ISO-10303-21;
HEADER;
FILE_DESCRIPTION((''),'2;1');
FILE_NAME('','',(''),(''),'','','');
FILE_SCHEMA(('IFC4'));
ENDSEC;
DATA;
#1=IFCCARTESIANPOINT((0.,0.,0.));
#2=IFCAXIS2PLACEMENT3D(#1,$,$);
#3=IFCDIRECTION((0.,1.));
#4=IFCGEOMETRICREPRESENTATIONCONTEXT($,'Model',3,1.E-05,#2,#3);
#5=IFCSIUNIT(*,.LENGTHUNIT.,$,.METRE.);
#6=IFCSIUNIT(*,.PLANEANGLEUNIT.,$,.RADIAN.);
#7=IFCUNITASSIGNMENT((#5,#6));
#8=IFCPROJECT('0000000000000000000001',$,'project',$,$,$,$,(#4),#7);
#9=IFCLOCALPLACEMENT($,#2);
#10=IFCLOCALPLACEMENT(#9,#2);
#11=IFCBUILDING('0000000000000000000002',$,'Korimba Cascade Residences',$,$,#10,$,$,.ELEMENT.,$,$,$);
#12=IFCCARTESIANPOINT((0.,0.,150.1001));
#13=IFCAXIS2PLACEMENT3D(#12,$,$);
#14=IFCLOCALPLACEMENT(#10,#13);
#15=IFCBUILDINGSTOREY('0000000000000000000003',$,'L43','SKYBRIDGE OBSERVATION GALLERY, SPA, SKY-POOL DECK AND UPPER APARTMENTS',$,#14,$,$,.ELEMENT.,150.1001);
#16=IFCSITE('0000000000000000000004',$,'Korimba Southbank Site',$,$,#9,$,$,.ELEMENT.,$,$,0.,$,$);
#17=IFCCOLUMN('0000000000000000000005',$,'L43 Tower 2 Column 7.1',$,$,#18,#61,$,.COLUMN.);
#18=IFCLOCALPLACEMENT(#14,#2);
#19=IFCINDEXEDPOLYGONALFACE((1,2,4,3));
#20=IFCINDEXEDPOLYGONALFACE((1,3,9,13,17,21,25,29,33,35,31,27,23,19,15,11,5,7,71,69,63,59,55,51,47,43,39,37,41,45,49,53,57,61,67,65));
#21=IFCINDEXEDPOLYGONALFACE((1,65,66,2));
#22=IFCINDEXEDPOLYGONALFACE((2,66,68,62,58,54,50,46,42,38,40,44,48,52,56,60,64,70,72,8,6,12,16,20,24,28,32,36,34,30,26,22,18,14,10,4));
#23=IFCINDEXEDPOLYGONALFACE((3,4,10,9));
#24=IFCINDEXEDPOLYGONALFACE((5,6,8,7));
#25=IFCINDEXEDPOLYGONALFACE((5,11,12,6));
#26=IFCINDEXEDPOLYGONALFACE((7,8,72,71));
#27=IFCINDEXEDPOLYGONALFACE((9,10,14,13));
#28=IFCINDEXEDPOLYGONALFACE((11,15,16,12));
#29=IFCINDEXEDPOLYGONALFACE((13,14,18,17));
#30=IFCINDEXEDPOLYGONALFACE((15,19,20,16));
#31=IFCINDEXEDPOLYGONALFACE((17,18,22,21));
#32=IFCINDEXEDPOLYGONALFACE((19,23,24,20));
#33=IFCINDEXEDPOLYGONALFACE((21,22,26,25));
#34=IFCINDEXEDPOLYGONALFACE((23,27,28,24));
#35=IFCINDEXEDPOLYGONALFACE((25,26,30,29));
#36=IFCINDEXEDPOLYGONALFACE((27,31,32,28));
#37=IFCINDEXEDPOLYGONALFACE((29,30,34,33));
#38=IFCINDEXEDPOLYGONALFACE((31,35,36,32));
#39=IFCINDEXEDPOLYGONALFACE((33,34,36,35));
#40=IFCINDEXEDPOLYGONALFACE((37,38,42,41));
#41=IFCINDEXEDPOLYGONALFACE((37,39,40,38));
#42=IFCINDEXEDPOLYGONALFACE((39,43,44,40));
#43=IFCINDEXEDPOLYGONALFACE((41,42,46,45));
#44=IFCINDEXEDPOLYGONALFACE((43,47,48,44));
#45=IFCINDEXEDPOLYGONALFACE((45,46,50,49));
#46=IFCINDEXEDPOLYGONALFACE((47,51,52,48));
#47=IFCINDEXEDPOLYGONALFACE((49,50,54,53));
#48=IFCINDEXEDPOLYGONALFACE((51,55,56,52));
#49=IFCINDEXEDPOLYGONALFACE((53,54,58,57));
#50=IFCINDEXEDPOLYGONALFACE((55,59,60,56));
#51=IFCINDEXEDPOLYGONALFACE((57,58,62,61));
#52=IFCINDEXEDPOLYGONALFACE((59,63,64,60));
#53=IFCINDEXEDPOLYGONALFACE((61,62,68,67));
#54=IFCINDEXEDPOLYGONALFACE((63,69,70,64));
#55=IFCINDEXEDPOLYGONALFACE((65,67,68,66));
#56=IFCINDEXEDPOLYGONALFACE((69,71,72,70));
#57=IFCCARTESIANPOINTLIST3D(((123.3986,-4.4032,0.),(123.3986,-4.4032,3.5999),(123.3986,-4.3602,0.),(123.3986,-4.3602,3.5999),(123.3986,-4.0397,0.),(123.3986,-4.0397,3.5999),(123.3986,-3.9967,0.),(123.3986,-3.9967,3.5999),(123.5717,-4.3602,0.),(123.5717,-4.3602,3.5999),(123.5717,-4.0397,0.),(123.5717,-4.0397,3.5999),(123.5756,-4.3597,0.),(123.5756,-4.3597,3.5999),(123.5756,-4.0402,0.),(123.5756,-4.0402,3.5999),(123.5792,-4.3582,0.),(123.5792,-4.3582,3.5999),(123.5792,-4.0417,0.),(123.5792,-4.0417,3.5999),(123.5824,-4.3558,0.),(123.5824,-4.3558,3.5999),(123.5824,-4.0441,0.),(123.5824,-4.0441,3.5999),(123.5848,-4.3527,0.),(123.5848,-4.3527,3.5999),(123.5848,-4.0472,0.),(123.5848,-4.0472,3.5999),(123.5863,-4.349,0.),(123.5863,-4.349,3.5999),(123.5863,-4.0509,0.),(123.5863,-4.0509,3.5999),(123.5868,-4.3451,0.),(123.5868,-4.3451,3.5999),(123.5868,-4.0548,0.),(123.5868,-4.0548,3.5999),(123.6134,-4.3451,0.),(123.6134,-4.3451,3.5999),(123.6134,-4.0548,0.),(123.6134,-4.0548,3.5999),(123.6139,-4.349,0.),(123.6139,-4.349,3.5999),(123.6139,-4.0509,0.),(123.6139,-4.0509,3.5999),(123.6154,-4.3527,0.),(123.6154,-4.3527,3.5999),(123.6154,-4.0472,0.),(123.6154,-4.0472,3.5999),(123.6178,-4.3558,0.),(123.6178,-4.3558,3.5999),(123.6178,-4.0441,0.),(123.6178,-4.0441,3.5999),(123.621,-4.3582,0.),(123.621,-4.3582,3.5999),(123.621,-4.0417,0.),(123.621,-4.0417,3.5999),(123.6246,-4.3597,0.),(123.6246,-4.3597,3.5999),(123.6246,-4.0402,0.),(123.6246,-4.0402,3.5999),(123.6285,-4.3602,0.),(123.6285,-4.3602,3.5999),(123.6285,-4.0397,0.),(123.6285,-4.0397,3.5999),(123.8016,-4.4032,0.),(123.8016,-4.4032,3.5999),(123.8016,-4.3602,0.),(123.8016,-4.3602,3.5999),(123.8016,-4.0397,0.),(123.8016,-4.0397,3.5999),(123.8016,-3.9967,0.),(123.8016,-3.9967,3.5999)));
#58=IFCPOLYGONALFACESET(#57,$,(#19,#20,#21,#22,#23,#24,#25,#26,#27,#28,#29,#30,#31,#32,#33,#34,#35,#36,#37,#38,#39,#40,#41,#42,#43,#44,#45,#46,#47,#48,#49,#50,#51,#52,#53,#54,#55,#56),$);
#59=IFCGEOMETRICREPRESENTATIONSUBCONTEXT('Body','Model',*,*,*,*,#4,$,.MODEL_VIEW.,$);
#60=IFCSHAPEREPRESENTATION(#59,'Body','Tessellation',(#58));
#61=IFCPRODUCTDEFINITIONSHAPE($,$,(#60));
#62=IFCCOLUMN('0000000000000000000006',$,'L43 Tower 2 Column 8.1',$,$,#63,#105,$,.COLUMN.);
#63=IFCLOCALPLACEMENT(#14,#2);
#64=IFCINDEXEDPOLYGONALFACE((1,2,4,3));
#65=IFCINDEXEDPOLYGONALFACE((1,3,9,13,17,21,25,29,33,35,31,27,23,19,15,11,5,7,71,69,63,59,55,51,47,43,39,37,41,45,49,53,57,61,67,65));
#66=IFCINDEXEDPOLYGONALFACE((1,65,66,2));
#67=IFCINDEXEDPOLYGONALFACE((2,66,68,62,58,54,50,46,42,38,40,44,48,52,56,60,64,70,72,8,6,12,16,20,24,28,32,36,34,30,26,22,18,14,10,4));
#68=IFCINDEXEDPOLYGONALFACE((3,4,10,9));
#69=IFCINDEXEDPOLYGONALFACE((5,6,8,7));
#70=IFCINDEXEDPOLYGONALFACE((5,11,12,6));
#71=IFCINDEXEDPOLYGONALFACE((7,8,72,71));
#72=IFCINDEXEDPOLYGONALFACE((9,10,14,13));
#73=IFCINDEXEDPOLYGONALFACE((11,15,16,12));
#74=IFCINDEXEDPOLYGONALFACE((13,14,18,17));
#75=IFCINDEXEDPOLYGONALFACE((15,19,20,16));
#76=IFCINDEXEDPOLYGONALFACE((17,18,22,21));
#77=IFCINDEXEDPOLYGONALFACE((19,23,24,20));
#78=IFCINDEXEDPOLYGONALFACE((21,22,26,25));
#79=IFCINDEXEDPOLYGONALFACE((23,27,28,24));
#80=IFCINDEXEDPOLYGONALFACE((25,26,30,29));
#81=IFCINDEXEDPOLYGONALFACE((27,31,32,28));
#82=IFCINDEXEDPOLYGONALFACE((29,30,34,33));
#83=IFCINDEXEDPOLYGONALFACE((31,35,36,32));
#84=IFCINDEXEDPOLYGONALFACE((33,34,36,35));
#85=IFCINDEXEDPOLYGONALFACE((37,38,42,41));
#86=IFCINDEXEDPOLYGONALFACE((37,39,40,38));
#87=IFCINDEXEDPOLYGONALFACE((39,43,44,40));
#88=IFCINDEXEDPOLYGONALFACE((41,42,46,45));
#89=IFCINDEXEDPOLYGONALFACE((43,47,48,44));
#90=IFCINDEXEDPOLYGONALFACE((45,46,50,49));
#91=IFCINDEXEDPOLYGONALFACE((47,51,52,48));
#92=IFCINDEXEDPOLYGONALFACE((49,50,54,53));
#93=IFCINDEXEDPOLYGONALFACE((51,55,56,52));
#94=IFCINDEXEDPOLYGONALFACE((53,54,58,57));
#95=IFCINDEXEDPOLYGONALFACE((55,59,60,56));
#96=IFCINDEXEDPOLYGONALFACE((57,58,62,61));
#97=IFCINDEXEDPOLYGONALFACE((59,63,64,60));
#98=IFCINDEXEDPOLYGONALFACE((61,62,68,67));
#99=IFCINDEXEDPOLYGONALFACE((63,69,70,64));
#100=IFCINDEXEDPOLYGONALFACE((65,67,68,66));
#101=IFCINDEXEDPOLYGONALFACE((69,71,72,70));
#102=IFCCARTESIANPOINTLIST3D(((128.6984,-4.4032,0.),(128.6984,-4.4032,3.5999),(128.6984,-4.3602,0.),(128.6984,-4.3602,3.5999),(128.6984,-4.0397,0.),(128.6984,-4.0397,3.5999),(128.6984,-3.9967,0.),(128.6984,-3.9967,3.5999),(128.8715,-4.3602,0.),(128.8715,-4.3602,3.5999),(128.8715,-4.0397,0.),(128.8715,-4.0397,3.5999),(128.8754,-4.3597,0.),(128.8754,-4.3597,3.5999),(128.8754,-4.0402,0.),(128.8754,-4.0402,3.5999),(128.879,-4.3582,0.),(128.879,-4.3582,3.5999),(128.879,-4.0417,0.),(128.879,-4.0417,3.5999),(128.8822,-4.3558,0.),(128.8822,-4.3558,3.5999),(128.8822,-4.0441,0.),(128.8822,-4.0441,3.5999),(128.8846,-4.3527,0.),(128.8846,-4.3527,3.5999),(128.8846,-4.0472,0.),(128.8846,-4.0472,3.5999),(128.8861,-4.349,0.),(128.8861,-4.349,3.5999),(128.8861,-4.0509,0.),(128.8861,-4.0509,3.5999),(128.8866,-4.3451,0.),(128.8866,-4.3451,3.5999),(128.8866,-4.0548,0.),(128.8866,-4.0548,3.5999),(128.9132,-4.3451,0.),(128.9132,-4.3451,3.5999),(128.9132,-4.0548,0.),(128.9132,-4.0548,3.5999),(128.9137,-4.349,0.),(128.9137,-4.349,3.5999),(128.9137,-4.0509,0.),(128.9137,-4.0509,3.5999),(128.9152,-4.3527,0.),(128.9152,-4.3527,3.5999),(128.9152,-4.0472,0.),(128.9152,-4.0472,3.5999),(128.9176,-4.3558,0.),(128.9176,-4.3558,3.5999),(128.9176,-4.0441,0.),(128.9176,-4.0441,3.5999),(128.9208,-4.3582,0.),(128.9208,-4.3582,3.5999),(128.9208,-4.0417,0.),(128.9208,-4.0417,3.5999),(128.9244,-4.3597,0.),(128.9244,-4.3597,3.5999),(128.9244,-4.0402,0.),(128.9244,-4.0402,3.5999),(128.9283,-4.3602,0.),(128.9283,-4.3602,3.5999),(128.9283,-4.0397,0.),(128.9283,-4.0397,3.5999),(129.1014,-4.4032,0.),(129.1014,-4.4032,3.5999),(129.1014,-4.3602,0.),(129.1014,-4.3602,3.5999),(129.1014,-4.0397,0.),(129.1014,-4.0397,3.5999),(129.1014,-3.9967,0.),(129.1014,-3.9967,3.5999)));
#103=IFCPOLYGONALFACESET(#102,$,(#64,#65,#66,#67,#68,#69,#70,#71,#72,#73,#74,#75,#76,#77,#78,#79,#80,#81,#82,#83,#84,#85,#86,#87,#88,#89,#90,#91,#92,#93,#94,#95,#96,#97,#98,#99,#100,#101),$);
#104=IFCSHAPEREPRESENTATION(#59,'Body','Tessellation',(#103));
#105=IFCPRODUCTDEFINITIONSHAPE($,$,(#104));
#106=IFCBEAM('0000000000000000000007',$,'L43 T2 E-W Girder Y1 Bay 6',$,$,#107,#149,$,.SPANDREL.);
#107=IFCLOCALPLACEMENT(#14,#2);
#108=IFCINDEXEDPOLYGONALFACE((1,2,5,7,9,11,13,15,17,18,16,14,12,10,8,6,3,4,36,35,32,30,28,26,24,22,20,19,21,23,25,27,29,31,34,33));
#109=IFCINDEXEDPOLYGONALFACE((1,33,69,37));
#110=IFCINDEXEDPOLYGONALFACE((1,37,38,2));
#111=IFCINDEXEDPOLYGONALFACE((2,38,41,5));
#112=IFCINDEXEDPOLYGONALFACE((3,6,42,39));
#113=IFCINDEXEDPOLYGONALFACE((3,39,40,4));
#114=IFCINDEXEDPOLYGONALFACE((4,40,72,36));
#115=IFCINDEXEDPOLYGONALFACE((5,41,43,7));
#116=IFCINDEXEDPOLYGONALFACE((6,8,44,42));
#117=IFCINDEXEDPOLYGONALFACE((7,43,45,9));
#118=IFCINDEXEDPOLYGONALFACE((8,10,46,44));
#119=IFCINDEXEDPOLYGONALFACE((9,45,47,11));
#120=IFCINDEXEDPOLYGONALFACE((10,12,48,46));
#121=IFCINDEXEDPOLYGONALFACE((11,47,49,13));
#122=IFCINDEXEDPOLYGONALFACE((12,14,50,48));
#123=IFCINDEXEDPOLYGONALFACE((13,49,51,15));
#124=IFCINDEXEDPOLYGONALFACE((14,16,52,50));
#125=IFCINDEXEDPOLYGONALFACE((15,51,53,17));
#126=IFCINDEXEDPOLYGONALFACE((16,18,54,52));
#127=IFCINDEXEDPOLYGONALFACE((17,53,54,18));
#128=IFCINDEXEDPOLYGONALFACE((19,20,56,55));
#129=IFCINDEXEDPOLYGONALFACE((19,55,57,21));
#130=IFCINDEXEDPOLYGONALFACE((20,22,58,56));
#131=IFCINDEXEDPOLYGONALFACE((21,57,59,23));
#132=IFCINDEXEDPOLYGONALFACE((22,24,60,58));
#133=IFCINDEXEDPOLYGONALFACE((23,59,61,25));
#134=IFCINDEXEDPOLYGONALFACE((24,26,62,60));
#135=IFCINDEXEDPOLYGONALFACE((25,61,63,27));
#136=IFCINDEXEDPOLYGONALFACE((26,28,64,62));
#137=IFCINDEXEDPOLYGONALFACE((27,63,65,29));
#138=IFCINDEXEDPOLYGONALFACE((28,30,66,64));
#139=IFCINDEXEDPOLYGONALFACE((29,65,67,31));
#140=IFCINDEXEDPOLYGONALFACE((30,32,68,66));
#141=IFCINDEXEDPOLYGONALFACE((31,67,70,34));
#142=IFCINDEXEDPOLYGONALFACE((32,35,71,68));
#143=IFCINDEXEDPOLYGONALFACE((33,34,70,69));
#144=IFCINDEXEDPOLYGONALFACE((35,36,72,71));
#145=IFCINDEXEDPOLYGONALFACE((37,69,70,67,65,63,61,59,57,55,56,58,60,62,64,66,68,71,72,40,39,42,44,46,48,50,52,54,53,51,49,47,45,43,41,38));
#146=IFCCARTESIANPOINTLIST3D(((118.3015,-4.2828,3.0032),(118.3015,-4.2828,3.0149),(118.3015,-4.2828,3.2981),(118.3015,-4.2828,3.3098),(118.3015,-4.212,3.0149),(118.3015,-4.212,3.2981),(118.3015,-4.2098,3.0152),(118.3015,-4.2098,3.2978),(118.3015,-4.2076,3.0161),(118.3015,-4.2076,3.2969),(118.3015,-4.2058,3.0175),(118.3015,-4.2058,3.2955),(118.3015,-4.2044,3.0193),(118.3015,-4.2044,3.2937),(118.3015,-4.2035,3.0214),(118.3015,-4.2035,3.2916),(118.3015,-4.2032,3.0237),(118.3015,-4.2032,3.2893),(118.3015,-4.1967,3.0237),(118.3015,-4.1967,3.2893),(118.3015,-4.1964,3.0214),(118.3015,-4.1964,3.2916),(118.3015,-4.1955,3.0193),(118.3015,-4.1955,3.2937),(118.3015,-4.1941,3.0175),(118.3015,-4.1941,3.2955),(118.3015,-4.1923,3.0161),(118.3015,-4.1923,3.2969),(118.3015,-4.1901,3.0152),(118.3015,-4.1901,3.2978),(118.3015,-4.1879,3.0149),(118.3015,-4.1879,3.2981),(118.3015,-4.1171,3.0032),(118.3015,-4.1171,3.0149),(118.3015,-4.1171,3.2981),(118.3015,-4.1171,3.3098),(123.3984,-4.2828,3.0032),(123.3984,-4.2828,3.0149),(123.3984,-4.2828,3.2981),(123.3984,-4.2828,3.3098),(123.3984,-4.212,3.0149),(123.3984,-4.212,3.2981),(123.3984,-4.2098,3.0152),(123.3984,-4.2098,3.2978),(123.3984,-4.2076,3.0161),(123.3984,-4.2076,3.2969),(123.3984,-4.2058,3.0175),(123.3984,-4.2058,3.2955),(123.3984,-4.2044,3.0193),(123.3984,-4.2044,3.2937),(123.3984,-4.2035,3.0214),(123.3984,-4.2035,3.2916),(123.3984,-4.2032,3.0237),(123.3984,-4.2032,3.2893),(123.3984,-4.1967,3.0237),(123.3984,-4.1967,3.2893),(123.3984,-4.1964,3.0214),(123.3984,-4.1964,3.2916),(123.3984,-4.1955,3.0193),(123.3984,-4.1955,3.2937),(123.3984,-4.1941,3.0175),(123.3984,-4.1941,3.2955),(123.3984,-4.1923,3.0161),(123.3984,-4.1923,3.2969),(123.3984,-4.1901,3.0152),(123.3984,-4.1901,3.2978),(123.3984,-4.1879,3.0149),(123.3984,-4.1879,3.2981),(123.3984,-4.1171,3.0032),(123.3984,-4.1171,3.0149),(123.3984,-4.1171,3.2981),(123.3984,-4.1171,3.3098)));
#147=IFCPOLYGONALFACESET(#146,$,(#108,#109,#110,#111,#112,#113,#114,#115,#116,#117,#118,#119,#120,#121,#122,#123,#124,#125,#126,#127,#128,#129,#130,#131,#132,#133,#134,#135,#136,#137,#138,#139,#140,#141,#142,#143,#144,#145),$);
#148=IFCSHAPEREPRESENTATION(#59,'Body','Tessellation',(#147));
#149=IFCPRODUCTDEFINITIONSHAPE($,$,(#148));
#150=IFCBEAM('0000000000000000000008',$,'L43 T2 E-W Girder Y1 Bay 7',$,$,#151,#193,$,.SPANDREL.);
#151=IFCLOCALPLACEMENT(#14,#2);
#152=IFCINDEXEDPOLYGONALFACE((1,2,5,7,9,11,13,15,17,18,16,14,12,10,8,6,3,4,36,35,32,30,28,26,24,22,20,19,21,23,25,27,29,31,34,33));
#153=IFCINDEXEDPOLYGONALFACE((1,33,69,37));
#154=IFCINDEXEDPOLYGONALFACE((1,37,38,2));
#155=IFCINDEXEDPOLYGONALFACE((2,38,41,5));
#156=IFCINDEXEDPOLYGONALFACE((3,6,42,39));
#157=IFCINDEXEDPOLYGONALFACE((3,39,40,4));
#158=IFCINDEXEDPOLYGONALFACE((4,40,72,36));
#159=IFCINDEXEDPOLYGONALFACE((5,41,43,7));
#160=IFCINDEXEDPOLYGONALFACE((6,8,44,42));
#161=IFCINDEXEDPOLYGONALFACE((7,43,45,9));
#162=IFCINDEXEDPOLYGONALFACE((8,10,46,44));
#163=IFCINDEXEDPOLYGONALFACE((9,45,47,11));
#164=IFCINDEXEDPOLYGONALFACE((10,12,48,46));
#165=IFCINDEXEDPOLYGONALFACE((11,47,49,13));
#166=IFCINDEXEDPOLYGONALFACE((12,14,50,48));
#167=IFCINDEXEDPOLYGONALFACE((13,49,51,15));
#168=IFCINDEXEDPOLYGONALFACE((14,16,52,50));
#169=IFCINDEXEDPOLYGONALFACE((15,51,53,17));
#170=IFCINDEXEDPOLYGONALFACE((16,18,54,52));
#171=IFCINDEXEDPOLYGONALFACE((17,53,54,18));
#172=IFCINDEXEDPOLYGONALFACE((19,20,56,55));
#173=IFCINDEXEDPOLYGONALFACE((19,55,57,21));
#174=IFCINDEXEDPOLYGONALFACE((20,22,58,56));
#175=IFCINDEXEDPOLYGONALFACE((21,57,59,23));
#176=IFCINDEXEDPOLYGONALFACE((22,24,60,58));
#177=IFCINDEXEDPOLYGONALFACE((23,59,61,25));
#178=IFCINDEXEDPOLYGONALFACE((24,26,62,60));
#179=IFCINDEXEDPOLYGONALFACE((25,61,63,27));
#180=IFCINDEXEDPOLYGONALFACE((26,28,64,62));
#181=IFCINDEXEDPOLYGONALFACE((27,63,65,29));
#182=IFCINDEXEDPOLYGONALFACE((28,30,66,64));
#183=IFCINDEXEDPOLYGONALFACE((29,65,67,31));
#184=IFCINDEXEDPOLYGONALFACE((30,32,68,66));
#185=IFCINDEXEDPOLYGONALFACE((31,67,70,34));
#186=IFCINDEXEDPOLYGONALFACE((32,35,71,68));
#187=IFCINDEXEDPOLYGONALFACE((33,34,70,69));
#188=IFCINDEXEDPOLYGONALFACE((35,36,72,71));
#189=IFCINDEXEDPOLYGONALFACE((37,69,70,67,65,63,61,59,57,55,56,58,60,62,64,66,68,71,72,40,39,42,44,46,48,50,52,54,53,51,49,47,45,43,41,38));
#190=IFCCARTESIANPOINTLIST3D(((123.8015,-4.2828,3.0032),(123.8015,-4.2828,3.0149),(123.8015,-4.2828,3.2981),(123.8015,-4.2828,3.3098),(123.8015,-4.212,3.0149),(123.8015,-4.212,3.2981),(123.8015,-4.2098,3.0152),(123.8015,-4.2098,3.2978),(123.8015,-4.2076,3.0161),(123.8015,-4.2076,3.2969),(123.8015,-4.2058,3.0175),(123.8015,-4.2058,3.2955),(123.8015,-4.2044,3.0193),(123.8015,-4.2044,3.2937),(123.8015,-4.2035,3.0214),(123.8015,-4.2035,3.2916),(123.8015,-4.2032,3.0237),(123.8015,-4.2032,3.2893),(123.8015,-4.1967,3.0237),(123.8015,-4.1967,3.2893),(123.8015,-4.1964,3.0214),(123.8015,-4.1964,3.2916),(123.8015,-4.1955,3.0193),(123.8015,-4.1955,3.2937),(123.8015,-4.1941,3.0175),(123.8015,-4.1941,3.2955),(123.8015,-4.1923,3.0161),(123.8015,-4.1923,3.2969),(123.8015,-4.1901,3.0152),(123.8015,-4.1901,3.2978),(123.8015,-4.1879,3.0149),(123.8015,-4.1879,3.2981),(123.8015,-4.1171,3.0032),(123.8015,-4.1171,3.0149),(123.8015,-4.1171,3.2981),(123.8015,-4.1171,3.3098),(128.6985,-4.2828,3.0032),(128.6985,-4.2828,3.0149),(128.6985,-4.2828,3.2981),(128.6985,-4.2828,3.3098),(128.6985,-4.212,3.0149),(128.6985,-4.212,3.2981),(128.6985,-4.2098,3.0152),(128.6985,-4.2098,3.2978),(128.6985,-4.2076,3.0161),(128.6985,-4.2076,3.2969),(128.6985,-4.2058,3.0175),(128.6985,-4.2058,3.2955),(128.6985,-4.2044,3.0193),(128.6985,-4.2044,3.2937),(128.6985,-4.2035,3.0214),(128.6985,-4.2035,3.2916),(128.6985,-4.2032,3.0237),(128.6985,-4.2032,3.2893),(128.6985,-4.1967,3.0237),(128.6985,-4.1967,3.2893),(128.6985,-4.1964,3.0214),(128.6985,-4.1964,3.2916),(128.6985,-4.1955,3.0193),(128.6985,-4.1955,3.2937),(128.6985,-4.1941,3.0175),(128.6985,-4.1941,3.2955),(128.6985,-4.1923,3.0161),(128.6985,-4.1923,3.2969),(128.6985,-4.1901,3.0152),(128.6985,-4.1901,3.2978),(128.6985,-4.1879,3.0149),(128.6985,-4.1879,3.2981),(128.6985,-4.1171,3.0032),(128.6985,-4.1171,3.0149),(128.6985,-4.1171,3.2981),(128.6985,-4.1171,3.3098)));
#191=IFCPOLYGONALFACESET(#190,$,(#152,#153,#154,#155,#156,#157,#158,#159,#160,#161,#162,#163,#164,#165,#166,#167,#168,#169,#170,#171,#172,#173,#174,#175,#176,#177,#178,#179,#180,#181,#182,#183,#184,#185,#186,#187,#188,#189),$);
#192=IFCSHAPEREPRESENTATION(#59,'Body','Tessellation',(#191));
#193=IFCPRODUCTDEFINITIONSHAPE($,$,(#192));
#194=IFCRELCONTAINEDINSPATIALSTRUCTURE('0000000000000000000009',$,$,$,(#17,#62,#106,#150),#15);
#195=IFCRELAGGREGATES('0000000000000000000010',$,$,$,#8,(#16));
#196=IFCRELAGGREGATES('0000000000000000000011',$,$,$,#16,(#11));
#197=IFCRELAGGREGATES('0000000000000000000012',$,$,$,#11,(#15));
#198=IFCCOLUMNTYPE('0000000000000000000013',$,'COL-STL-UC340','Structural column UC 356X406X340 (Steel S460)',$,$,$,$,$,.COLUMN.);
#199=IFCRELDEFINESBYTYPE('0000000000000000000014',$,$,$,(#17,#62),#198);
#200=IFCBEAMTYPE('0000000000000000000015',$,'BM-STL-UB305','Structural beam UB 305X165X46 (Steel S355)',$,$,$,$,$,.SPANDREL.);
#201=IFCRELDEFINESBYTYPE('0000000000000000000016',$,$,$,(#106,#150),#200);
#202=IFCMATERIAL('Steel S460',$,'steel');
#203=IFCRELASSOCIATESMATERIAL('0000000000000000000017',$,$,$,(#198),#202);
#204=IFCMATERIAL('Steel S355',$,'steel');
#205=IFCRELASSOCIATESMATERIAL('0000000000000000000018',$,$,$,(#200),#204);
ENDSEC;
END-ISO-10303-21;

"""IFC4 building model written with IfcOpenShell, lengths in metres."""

from ifc_helpers import new_model, si_unit, direction, frame, origin, origin_2d, place, context, subcontext, project, spatial, i_section, extrude, material, material_profile, profile_set, type_object, element, save


model = new_model("IFC4")

# Units and contexts
model_context = context("Model", 3, precision=1e-05, world=origin(), true_north=direction((0.0, 1.0)))
body_context = subcontext(model_context, "Body", "Model", "MODEL_VIEW")
ifc_project = project(units=[si_unit("LENGTHUNIT", "METRE"), si_unit("PLANEANGLEUNIT", "RADIAN")], contexts=[model_context])

# Site, building, storey
site_placement = place(None, origin())
site = spatial("IfcSite", under=ifc_project, at=site_placement, Name="Korimba Southbank Site", CompositionType="ELEMENT", RefElevation=0.0)
building_placement = place(site_placement, origin())
building = spatial("IfcBuilding", under=site, at=building_placement, Name="Korimba Cascade Residences", CompositionType="ELEMENT")
storey_placement = place(building_placement, frame((0.0, 0.0, 150.1001)))
storey = spatial("IfcBuildingStorey", under=building, at=storey_placement, Name="L43", Description="SKYBRIDGE OBSERVATION GALLERY, SPA, SKY-POOL DECK AND UPPER APARTMENTS", CompositionType="ELEMENT", Elevation=150.1001)

# Columns
ifc_material_1 = material(Name="Steel S460", Category="steel")
ifc_material_profile_1 = material_profile(ifc_material_1, i_section(OverallWidth=0.4031, OverallDepth=0.4065, WebThickness=0.0266, FlangeThickness=0.043, FilletRadius=0.0151, at=origin_2d()), Name="Steel S460")
ifc_profile_set_1 = profile_set([ifc_material_profile_1], Name="Steel S460")
column_type = type_object("IfcColumnType", Name="COL-STL-UC340", Description="Structural column UC 356X406X340 (Steel S460)", PredefinedType="COLUMN", material=ifc_profile_set_1)
for number, where, z_axis, x_axis, name in (
    (1, (123.6001, -4.2, 0.0), (0.0, 0.0, 1.0), (1.0, 0.0, 0.0), "L43 Tower 2 Column 7.1"),
    (2, (128.8999, -4.2, 0.0), (0.0, 0.0, 1.0), (1.0, 0.0, 0.0), "L43 Tower 2 Column 8.1"),
):
    element("IfcColumn", number, at=place(storey_placement, frame(where, z_axis=z_axis, x_axis=x_axis)), inside=storey, type_object=column_type, Name=name, PredefinedType="COLUMN", context=body_context, shape_type="SweptSolid", body=[
        extrude(i_section(OverallWidth=0.4031, OverallDepth=0.4065, WebThickness=0.0266, FlangeThickness=0.043, FilletRadius=0.0151, at=origin_2d()), origin(), (0.0, 0.0, 1.0), 3.5999),
    ])

# Beams
ifc_material_2 = material(Name="Steel S355", Category="steel")
ifc_material_profile_2 = material_profile(ifc_material_2, i_section(OverallWidth=0.1658, OverallDepth=0.3066, WebThickness=0.0066, FlangeThickness=0.0117, FilletRadius=0.0088, at=origin_2d()), Name="Steel S355")
ifc_profile_set_2 = profile_set([ifc_material_profile_2], Name="Steel S355")
beam_type_1 = type_object("IfcBeamType", Name="BM-STL-UB305", Description="Structural beam UB 305X165X46 (Steel S355)", PredefinedType="SPANDREL", material=ifc_profile_set_2)
beam_1_placement = place(storey_placement, frame((118.3015, -4.2, 3.1565), z_axis=(1.0, 0.0, 0.0), x_axis=(0.0, 1.0, 0.0)))
element("IfcBeam", 3, at=beam_1_placement, inside=storey, type_object=beam_type_1, Name="L43 T2 E-W Girder Y1 Bay 6", PredefinedType="SPANDREL", context=body_context, shape_type="SweptSolid", body=[
    extrude(i_section(OverallWidth=0.1658, OverallDepth=0.3066, WebThickness=0.0066, FlangeThickness=0.0117, FilletRadius=0.0088, at=origin_2d()), origin(), (0.0, 0.0, 1.0), 5.0969),
])
beam_2_placement = place(storey_placement, frame((123.8015, -4.2, 3.1565), z_axis=(1.0, 0.0, 0.0), x_axis=(0.0, 1.0, 0.0)))
element("IfcBeam", 4, at=beam_2_placement, inside=storey, type_object=beam_type_1, Name="L43 T2 E-W Girder Y1 Bay 7", PredefinedType="SPANDREL", context=body_context, shape_type="SweptSolid", body=[
    extrude(i_section(OverallWidth=0.1658, OverallDepth=0.3066, WebThickness=0.0066, FlangeThickness=0.0117, FilletRadius=0.0088, at=origin_2d()), origin(), (0.0, 0.0, 1.0), 4.897),
])

save(model, "model.ifc")
